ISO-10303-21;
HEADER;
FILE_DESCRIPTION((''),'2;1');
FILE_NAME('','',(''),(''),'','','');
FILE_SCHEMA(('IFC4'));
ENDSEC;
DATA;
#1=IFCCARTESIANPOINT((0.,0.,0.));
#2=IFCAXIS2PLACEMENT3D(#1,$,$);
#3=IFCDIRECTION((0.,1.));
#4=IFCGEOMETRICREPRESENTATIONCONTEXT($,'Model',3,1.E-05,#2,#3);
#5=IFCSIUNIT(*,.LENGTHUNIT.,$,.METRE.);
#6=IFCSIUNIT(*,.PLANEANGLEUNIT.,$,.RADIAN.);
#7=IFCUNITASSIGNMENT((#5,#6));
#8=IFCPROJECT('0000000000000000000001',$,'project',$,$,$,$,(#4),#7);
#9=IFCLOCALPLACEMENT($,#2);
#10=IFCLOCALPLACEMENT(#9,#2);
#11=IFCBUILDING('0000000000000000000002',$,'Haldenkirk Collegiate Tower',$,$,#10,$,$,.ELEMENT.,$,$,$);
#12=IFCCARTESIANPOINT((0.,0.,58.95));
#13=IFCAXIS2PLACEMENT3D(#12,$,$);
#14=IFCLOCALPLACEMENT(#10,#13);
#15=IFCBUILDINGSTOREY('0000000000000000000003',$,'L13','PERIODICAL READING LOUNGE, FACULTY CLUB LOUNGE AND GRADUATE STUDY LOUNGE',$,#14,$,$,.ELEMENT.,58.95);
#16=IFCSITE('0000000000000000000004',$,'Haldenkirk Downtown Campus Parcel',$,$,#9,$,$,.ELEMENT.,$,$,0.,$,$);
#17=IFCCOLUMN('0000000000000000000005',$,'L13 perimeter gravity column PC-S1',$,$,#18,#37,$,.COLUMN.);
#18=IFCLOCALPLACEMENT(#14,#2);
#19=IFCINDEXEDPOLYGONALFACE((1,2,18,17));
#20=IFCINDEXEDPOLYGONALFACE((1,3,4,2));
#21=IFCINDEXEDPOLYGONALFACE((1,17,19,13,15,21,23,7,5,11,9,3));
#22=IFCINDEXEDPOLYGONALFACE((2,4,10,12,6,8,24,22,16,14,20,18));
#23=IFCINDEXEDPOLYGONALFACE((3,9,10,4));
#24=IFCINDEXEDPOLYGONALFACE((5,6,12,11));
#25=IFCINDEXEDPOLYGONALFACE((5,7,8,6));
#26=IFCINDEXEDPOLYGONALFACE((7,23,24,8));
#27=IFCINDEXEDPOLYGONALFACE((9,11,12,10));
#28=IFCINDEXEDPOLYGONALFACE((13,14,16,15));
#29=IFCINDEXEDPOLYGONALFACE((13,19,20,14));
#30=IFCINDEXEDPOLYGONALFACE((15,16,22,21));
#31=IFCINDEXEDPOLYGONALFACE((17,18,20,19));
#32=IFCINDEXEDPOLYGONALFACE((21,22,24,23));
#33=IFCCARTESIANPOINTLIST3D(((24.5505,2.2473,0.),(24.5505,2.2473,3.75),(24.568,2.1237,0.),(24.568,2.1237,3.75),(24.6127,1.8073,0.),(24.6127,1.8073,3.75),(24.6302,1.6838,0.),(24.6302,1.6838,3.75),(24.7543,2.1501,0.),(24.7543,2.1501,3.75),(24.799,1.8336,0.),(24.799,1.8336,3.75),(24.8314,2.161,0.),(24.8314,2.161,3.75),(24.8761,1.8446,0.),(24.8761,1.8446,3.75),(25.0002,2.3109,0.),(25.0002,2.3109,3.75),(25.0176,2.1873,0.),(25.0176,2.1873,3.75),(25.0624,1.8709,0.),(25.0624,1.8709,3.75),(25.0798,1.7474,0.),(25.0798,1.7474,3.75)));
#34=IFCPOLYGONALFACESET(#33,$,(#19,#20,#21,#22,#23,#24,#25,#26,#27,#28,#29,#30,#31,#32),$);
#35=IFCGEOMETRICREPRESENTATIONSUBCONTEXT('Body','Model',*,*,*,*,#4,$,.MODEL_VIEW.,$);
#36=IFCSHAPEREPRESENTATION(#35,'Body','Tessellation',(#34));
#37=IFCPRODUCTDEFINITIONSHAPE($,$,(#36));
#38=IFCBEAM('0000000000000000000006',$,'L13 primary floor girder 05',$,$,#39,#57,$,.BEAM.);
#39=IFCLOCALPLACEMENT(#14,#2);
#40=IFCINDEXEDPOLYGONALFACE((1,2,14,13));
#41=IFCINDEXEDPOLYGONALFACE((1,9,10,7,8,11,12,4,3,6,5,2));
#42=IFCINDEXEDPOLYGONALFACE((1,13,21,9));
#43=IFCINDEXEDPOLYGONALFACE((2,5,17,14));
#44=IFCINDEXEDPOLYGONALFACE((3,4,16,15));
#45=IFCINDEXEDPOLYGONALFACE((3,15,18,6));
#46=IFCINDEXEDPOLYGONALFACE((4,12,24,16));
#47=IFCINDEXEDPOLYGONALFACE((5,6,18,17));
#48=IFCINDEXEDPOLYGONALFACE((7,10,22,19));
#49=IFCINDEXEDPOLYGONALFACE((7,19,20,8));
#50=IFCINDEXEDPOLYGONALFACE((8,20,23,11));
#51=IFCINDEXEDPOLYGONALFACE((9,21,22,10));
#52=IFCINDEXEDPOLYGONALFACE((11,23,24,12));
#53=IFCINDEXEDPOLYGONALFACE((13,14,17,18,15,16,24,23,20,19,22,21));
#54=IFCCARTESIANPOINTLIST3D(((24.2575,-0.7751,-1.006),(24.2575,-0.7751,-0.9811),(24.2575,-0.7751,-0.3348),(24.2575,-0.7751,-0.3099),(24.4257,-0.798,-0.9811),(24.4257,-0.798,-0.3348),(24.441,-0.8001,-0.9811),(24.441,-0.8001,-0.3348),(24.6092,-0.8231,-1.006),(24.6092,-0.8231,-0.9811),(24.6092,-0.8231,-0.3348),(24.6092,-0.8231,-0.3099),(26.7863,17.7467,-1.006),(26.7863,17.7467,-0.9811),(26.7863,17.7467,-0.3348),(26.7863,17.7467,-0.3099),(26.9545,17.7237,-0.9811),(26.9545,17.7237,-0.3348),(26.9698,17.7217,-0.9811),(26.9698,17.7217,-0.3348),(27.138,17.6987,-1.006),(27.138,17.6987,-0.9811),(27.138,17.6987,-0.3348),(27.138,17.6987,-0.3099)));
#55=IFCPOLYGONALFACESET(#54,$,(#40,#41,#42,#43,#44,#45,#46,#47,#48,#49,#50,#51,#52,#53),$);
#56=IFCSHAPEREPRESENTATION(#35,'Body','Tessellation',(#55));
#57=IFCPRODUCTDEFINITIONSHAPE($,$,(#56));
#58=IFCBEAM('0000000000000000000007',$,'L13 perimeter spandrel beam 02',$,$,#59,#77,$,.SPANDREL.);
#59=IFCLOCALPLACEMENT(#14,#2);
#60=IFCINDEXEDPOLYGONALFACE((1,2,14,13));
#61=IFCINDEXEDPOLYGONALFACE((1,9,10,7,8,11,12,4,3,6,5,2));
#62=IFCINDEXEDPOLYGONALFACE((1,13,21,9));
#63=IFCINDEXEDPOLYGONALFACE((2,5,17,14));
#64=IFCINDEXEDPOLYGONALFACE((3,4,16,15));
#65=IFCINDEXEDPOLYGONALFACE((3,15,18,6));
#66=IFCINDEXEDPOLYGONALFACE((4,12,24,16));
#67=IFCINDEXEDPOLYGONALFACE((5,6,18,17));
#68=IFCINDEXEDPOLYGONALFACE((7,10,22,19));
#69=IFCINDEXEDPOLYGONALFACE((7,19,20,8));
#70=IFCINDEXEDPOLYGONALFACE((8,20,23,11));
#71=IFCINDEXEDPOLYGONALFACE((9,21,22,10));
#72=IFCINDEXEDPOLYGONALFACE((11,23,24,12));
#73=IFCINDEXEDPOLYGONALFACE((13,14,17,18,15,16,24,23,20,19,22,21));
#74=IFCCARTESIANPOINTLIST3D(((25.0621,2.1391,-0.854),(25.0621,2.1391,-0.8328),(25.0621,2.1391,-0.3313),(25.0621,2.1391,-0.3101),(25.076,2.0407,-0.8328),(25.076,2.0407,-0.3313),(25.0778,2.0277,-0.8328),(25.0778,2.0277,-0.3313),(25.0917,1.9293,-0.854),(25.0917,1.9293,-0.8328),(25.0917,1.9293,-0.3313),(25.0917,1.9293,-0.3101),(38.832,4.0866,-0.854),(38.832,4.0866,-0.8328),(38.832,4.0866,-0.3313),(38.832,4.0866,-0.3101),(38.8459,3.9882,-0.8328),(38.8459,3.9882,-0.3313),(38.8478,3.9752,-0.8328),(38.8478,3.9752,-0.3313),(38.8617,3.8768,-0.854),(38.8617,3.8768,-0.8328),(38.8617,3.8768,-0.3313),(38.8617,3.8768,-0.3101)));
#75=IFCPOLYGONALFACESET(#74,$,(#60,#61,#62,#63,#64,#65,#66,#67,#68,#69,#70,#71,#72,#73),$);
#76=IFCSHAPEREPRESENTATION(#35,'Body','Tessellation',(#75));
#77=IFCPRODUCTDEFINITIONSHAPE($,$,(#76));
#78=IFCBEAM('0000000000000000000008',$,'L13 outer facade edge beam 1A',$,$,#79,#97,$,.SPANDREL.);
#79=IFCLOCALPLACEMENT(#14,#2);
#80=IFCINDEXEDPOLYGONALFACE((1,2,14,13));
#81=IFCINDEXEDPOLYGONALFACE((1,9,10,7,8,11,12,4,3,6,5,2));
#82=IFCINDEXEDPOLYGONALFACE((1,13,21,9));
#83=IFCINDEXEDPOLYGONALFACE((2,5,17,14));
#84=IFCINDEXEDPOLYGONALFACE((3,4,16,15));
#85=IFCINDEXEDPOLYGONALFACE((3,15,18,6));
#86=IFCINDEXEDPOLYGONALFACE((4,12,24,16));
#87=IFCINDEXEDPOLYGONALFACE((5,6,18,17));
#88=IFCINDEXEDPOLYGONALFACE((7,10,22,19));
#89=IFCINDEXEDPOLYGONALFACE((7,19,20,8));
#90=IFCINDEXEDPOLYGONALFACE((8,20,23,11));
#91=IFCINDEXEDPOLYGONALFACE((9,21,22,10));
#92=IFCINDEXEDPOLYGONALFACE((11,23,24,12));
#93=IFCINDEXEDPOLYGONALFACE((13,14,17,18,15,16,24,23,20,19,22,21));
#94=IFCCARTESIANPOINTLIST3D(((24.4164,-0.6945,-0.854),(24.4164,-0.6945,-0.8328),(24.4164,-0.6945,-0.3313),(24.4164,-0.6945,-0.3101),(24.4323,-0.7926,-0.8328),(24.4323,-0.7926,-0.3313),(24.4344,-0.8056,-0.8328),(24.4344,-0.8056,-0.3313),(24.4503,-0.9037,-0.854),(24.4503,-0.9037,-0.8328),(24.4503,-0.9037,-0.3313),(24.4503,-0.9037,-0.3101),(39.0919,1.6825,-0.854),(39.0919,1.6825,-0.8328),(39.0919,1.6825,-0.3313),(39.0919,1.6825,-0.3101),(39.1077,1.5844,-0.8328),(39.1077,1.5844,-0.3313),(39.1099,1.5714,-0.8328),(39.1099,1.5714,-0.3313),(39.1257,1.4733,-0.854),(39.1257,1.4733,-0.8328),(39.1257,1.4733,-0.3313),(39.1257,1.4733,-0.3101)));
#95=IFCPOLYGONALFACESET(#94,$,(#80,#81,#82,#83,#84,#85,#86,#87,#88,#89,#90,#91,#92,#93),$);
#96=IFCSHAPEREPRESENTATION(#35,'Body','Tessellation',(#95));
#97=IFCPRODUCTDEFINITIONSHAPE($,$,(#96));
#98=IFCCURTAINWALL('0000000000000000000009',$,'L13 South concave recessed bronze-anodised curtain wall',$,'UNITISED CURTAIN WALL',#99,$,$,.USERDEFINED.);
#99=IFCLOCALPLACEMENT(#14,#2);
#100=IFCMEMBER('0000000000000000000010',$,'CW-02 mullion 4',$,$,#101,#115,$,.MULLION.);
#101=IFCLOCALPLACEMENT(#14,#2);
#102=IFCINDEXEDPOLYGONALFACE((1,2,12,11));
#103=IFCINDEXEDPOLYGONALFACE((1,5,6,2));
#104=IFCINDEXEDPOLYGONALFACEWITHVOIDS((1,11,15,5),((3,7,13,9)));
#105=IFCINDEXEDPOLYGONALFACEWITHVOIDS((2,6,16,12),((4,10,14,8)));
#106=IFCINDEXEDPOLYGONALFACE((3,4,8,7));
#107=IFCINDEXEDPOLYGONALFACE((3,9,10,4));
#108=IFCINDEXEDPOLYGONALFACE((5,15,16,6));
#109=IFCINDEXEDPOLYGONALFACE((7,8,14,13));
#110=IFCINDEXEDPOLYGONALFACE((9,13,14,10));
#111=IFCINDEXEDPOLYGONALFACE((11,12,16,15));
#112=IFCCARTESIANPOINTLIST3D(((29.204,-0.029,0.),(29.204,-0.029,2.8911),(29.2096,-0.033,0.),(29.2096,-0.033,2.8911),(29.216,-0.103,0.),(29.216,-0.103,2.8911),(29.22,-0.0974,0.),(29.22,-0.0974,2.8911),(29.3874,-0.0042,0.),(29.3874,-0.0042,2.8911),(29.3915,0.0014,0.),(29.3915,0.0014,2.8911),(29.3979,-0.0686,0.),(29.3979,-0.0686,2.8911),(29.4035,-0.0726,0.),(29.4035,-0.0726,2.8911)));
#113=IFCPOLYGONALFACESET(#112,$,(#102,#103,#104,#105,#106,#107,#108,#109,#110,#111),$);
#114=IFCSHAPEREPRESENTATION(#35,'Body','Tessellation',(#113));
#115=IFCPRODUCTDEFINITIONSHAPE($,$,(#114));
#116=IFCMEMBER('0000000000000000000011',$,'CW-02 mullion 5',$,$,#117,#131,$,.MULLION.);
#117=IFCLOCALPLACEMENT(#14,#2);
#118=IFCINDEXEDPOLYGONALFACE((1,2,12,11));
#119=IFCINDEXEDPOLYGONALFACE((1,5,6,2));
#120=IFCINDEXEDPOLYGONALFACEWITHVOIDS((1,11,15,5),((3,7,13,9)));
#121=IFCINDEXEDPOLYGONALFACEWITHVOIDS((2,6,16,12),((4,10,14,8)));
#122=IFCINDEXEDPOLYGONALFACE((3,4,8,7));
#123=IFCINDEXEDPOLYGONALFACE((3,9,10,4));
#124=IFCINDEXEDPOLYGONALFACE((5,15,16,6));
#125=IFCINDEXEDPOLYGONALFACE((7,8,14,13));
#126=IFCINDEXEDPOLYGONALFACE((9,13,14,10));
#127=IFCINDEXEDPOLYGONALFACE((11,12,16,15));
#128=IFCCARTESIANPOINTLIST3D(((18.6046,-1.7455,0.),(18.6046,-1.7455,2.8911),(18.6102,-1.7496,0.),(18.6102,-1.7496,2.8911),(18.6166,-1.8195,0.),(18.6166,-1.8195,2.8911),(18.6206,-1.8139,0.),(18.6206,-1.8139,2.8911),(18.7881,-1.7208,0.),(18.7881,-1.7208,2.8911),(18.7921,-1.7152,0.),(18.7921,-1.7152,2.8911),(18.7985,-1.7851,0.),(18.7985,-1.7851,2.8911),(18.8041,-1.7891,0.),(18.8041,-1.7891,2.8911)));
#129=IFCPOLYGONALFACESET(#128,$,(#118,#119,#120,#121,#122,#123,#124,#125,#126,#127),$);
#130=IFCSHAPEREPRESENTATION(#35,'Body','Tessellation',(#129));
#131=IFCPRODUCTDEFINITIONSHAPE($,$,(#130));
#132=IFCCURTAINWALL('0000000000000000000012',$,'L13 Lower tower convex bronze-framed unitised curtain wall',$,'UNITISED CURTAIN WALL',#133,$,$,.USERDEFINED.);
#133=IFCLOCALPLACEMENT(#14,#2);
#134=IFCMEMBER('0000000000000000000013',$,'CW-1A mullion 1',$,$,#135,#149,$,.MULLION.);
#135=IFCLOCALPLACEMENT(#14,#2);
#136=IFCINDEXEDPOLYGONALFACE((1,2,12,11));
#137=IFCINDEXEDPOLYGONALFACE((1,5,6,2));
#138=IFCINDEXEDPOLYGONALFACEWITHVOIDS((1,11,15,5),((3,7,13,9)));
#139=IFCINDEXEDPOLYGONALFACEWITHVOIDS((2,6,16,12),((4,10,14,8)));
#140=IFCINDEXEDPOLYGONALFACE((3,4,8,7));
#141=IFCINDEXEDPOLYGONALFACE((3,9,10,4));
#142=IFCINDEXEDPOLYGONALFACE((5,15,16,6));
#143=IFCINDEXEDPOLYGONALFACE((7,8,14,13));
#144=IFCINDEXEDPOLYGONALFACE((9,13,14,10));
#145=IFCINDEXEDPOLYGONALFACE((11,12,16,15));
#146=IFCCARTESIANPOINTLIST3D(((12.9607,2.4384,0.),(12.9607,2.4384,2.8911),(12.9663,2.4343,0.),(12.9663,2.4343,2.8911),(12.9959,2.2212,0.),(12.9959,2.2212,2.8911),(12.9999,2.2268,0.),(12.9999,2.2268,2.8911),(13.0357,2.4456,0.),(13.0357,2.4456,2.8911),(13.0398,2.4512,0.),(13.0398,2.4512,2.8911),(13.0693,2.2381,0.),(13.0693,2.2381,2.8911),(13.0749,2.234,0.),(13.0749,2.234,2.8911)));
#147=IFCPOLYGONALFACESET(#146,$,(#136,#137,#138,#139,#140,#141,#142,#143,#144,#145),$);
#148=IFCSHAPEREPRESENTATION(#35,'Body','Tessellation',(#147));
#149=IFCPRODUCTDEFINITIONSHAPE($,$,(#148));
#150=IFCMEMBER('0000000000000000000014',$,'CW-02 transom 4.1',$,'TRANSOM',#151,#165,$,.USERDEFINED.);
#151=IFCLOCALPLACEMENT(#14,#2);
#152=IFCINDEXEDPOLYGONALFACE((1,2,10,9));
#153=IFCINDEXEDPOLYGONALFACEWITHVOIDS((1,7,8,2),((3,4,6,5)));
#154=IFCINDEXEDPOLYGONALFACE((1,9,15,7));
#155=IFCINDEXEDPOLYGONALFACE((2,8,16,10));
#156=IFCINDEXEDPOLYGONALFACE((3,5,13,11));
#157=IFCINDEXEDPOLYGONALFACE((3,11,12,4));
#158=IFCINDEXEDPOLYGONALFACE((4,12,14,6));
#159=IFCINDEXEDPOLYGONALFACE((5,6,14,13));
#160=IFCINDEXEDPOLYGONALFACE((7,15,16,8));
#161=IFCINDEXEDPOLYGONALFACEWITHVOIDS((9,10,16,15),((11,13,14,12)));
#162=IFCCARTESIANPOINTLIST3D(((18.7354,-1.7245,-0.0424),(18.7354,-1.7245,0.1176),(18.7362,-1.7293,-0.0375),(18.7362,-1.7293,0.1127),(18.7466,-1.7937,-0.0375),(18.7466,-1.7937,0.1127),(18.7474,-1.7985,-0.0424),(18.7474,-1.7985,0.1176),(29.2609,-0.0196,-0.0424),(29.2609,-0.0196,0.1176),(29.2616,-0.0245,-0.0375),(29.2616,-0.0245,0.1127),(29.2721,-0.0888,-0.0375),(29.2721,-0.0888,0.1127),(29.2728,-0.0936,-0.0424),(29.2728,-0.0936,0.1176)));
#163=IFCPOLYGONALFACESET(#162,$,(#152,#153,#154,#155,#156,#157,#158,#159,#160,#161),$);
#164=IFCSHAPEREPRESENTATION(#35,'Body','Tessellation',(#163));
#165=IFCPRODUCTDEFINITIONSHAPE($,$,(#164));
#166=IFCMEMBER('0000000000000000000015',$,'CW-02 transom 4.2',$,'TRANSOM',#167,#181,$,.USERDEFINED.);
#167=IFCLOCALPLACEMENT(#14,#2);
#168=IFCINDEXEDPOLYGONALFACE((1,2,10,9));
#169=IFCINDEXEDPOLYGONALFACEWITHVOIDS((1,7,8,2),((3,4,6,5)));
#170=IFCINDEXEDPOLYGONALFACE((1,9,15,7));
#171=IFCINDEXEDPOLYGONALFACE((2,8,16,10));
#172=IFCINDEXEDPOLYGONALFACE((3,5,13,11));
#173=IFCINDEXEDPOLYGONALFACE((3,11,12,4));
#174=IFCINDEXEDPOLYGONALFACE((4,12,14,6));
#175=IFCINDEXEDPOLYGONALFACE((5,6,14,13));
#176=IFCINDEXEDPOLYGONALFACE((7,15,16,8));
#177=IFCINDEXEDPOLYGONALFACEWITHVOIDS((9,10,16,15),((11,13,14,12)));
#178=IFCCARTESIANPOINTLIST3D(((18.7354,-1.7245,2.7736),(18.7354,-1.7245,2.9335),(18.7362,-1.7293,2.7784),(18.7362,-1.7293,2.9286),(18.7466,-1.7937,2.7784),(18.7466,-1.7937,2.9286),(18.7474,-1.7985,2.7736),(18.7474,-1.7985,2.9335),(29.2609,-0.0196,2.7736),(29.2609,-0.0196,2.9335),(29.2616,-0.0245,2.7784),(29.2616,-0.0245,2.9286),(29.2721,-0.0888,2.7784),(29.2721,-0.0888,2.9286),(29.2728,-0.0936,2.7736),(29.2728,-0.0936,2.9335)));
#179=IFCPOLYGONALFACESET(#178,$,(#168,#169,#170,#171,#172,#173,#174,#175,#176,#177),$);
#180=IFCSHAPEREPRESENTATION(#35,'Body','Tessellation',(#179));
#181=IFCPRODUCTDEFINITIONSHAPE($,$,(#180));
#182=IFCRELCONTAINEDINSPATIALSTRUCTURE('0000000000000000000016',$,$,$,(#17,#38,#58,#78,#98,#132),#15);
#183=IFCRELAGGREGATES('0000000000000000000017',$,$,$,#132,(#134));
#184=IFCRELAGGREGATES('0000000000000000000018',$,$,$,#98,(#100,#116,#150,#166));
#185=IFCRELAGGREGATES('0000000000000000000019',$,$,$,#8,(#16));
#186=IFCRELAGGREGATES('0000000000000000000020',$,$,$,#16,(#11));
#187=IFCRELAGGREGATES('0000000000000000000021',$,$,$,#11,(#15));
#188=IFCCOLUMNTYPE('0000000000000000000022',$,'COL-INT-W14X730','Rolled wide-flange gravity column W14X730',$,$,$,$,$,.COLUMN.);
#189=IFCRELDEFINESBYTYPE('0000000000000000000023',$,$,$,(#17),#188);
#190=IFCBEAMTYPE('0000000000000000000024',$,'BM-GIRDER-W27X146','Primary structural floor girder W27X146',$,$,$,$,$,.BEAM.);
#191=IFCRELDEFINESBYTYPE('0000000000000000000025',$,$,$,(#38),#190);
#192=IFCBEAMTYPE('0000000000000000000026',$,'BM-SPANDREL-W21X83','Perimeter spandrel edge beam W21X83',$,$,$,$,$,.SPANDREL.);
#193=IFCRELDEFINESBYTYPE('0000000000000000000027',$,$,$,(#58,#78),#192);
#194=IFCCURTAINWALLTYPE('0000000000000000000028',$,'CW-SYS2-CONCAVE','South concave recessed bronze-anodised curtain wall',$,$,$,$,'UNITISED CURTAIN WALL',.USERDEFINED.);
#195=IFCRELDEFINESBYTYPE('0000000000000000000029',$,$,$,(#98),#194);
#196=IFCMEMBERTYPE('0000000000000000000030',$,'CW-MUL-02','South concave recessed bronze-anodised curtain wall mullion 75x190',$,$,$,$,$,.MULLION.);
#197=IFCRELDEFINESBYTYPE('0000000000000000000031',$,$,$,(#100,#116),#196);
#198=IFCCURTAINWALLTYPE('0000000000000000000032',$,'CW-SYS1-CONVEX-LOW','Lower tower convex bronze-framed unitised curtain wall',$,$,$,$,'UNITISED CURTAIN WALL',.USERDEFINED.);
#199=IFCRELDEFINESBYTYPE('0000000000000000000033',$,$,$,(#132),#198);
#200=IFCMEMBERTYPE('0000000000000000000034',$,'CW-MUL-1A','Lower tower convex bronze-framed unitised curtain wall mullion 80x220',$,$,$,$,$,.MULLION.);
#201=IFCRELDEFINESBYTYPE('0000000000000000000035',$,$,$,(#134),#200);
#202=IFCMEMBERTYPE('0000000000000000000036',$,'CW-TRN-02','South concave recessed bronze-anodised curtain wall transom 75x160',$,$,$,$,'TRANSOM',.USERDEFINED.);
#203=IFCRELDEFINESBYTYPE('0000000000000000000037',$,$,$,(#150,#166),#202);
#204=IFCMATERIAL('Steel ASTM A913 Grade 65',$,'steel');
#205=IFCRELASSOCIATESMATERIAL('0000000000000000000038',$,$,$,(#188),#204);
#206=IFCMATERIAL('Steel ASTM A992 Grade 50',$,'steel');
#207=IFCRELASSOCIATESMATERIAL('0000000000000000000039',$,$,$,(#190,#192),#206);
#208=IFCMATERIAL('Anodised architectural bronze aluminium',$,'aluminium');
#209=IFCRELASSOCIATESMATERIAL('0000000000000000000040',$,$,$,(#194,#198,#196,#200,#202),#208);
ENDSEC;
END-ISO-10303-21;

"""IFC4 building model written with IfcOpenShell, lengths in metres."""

from ifc_helpers import new_model, si_unit, direction, frame, origin, origin_2d, place, context, subcontext, project, spatial, hollow_rectangle, i_section, extrude, material, material_profile, profile_set, type_object, element, aggregate, save


model = new_model("IFC4")

# Units and contexts
model_context = context("Model", 3, precision=1e-05, world=origin(), true_north=direction((0.0, 1.0)))
body_context = subcontext(model_context, "Body", "Model", "MODEL_VIEW")
ifc_project = project(units=[si_unit("LENGTHUNIT", "METRE"), si_unit("PLANEANGLEUNIT", "RADIAN")], contexts=[model_context])

# Site, building, storey
site_placement = place(None, origin())
site = spatial("IfcSite", under=ifc_project, at=site_placement, Name="Haldenkirk Downtown Campus Parcel", CompositionType="ELEMENT", RefElevation=0.0)
building_placement = place(site_placement, origin())
building = spatial("IfcBuilding", under=site, at=building_placement, Name="Haldenkirk Collegiate Tower", CompositionType="ELEMENT")
storey_placement = place(building_placement, frame((0.0, 0.0, 58.95)))
storey = spatial("IfcBuildingStorey", under=building, at=storey_placement, Name="L13", Description="PERIODICAL READING LOUNGE, FACULTY CLUB LOUNGE AND GRADUATE STUDY LOUNGE", CompositionType="ELEMENT", Elevation=58.95)

# Column
ifc_material_1 = material(Name="Steel ASTM A913 Grade 65", Category="steel")
ifc_material_profile_1 = material_profile(ifc_material_1, i_section(OverallWidth=0.4541, OverallDepth=0.5691, WebThickness=0.0779, FlangeThickness=0.1248, at=origin_2d()), Name="W14X730")
ifc_profile_set_1 = profile_set([ifc_material_profile_1], Name="Steel ASTM A913 Grade 65")
column_type = type_object("IfcColumnType", Name="COL-INT-W14X730", Description="Rolled wide-flange gravity column W14X730", PredefinedType="COLUMN", material=ifc_profile_set_1)
column_placement = place(storey_placement, frame((24.8152, 1.9973, 0.0), z_axis=(0.0, 0.0, 1.0), x_axis=(0.990146, 0.140037, 0.0)))
element("IfcColumn", 1, at=column_placement, inside=storey, type_object=column_type, Name="L13 perimeter gravity column PC-S1", PredefinedType="COLUMN", context=body_context, shape_type="SweptSolid", body=[
    extrude(i_section(OverallWidth=0.4541, OverallDepth=0.5691, WebThickness=0.0779, FlangeThickness=0.1248, at=origin_2d()), origin(), (0.0, 0.0, 1.0), 3.75),
])

# Beams
ifc_material_2 = material(Name="Steel ASTM A992 Grade 50", Category="steel")
ifc_material_profile_2 = material_profile(ifc_material_2, i_section(OverallWidth=0.355, OverallDepth=0.696, WebThickness=0.0154, FlangeThickness=0.0249, at=origin_2d()), Name="W27X146")
ifc_profile_set_2 = profile_set([ifc_material_profile_2], Name="Steel ASTM A992 Grade 50")
beam_type_1 = type_object("IfcBeamType", Name="BM-GIRDER-W27X146", Description="Primary structural floor girder W27X146", PredefinedType="BEAM", material=ifc_profile_set_2)
beam_1_placement = place(storey_placement, frame((24.4333, -0.7991, -0.658), z_axis=(0.135277, 0.990808, 0.0), x_axis=(-0.990808, 0.135277, 0.0)))
element("IfcBeam", 2, at=beam_1_placement, inside=storey, type_object=beam_type_1, Name="L13 primary floor girder 05", PredefinedType="BEAM", context=body_context, shape_type="SweptSolid", body=[
    extrude(i_section(OverallWidth=0.355, OverallDepth=0.696, WebThickness=0.0154, FlangeThickness=0.0249, at=origin_2d()), origin(), (0.0, 0.0, 1.0), 18.6936),
])
ifc_material_profile_3 = material_profile(ifc_material_2, i_section(OverallWidth=0.2119, OverallDepth=0.5439, WebThickness=0.0132, FlangeThickness=0.0212, at=origin_2d()), Name="W21X83")
ifc_profile_set_3 = profile_set([ifc_material_profile_3], Name="Steel ASTM A992 Grade 50")
beam_type_2 = type_object("IfcBeamType", Name="BM-SPANDREL-W21X83", Description="Perimeter spandrel edge beam W21X83", PredefinedType="SPANDREL", material=ifc_profile_set_3)
beam_2_placement = place(storey_placement, frame((25.0769, 2.0342, -0.582), z_axis=(0.990146, 0.140038, 0.0), x_axis=(-0.140038, 0.990146, 0.0)))
element("IfcBeam", 3, at=beam_2_placement, inside=storey, type_object=beam_type_2, Name="L13 perimeter spandrel beam 02", PredefinedType="SPANDREL", context=body_context, shape_type="SweptSolid", body=[
    extrude(i_section(OverallWidth=0.2119, OverallDepth=0.5439, WebThickness=0.0132, FlangeThickness=0.0212, at=origin_2d()), origin(), (0.0, 0.0, 1.0), 13.907),
])
beam_3_placement = place(storey_placement, frame((24.4333, -0.7991, -0.582), z_axis=(0.987136, 0.159883, 0.0), x_axis=(-0.159883, 0.987136, 0.0)))
element("IfcBeam", 4, at=beam_3_placement, inside=storey, type_object=beam_type_2, Name="L13 outer facade edge beam 1A", PredefinedType="SPANDREL", context=body_context, shape_type="SweptSolid", body=[
    extrude(i_section(OverallWidth=0.2119, OverallDepth=0.5439, WebThickness=0.0132, FlangeThickness=0.0212, at=origin_2d()), origin(), (0.0, 0.0, 1.0), 14.8667),
])

# Curtain wall, members
ifc_material_3 = material(Name="Anodised architectural bronze aluminium", Category="aluminium")
curtain_wall_type_1 = type_object("IfcCurtainWallType", Name="CW-SYS2-CONCAVE", Description="South concave recessed bronze-anodised curtain wall", ElementType="UNITISED CURTAIN WALL", PredefinedType="USERDEFINED", material=ifc_material_3)
curtain_wall_1_placement = place(storey_placement, origin())
curtain_wall_1 = element("IfcCurtainWall", 5, at=curtain_wall_1_placement, inside=storey, type_object=curtain_wall_type_1, Name="L13 South concave recessed bronze-anodised curtain wall", ObjectType="UNITISED CURTAIN WALL", PredefinedType="USERDEFINED")
ifc_material_profile_4 = material_profile(ifc_material_3, hollow_rectangle(XDim=0.075, YDim=0.1899, WallThickness=0.0049, at=origin_2d()), Name="CW-MUL-02")
ifc_profile_set_4 = profile_set([ifc_material_profile_4], Name="Anodised architectural bronze aluminium")
member_type_1 = type_object("IfcMemberType", Name="CW-MUL-02", Description="South concave recessed bronze-anodised curtain wall mullion 75x190", PredefinedType="MULLION", material=ifc_profile_set_4)
member_1_placement = place(storey_placement, frame((29.3037, -0.0508, 0.0), z_axis=(0.0, 0.0, 1.0), x_axis=(0.159881, -0.987136, 0.0)))
member_1 = element("IfcMember", 6, at=member_1_placement, type_object=member_type_1, Name="CW-02 mullion 4", PredefinedType="MULLION", context=body_context, shape_type="SweptSolid", body=[
    extrude(hollow_rectangle(XDim=0.075, YDim=0.1899, WallThickness=0.0049, at=origin_2d()), origin(), (0.0, 0.0, 1.0), 2.8911),
])
member_2_placement = place(storey_placement, frame((18.7043, -1.7673, 0.0), z_axis=(0.0, 0.0, 1.0), x_axis=(0.159881, -0.987136, 0.0)))
member_2 = element("IfcMember", 7, at=member_2_placement, type_object=member_type_1, Name="CW-02 mullion 5", PredefinedType="MULLION", context=body_context, shape_type="SweptSolid", body=[
    extrude(hollow_rectangle(XDim=0.075, YDim=0.1899, WallThickness=0.0049, at=origin_2d()), origin(), (0.0, 0.0, 1.0), 2.8911),
])

# Curtain wall, member
curtain_wall_type_2 = type_object("IfcCurtainWallType", Name="CW-SYS1-CONVEX-LOW", Description="Lower tower convex bronze-framed unitised curtain wall", ElementType="UNITISED CURTAIN WALL", PredefinedType="USERDEFINED", material=ifc_material_3)
curtain_wall_2_placement = place(storey_placement, origin())
curtain_wall_2 = element("IfcCurtainWall", 8, at=curtain_wall_2_placement, inside=storey, type_object=curtain_wall_type_2, Name="L13 Lower tower convex bronze-framed unitised curtain wall", ObjectType="UNITISED CURTAIN WALL", PredefinedType="USERDEFINED")
ifc_material_profile_5 = material_profile(ifc_material_3, hollow_rectangle(XDim=0.0801, YDim=0.22, WallThickness=0.0049, at=origin_2d()), Name="CW-MUL-1A")
ifc_profile_set_5 = profile_set([ifc_material_profile_5], Name="Anodised architectural bronze aluminium")
member_type_2 = type_object("IfcMemberType", Name="CW-MUL-1A", Description="Lower tower convex bronze-framed unitised curtain wall mullion 80x220", PredefinedType="MULLION", material=ifc_profile_set_5)
member_3_placement = place(storey_placement, frame((13.0178, 2.3362, 0.0), z_axis=(0.0, 0.0, 1.0), x_axis=(-0.987136, -0.159881, 0.0)))
member_3 = element("IfcMember", 9, at=member_3_placement, type_object=member_type_2, Name="CW-1A mullion 1", PredefinedType="MULLION", context=body_context, shape_type="SweptSolid", body=[
    extrude(hollow_rectangle(XDim=0.0801, YDim=0.22, WallThickness=0.0049, at=origin_2d()), origin(), (0.0, 0.0, 1.0), 2.8911),
])
aggregate(curtain_wall_2, [member_3])

# Members
ifc_material_profile_6 = material_profile(ifc_material_3, hollow_rectangle(XDim=0.075, YDim=0.1599, WallThickness=0.0049, at=origin_2d()), Name="CW-TRN-02")
ifc_profile_set_6 = profile_set([ifc_material_profile_6], Name="Anodised architectural bronze aluminium")
member_type_3 = type_object("IfcMemberType", Name="CW-TRN-02", Description="South concave recessed bronze-anodised curtain wall transom 75x160", ElementType="TRANSOM", PredefinedType="USERDEFINED", material=ifc_profile_set_6)
member_4_placement = place(storey_placement, frame((29.2668, -0.0566, 0.0376), z_axis=(-0.987135, -0.15989, 0.0), x_axis=(0.15989, -0.987135, 0.0)))
member_4 = element("IfcMember", 10, at=member_4_placement, type_object=member_type_3, Name="CW-02 transom 4.1", ObjectType="TRANSOM", PredefinedType="USERDEFINED", context=body_context, shape_type="SweptSolid", body=[
    extrude(hollow_rectangle(XDim=0.075, YDim=0.1599, WallThickness=0.0049, at=origin_2d()), origin(), (0.0, 0.0, 1.0), 10.6626),
])
member_5_placement = place(storey_placement, frame((29.2668, -0.0566, 2.8535), z_axis=(-0.987135, -0.15989, 0.0), x_axis=(0.15989, -0.987135, 0.0)))
member_5 = element("IfcMember", 11, at=member_5_placement, type_object=member_type_3, Name="CW-02 transom 4.2", ObjectType="TRANSOM", PredefinedType="USERDEFINED", context=body_context, shape_type="SweptSolid", body=[
    extrude(hollow_rectangle(XDim=0.075, YDim=0.1599, WallThickness=0.0049, at=origin_2d()), origin(), (0.0, 0.0, 1.0), 10.6626),
])

aggregate(curtain_wall_1, [member_1, member_2, member_4, member_5])

save(model, "model.ifc")
